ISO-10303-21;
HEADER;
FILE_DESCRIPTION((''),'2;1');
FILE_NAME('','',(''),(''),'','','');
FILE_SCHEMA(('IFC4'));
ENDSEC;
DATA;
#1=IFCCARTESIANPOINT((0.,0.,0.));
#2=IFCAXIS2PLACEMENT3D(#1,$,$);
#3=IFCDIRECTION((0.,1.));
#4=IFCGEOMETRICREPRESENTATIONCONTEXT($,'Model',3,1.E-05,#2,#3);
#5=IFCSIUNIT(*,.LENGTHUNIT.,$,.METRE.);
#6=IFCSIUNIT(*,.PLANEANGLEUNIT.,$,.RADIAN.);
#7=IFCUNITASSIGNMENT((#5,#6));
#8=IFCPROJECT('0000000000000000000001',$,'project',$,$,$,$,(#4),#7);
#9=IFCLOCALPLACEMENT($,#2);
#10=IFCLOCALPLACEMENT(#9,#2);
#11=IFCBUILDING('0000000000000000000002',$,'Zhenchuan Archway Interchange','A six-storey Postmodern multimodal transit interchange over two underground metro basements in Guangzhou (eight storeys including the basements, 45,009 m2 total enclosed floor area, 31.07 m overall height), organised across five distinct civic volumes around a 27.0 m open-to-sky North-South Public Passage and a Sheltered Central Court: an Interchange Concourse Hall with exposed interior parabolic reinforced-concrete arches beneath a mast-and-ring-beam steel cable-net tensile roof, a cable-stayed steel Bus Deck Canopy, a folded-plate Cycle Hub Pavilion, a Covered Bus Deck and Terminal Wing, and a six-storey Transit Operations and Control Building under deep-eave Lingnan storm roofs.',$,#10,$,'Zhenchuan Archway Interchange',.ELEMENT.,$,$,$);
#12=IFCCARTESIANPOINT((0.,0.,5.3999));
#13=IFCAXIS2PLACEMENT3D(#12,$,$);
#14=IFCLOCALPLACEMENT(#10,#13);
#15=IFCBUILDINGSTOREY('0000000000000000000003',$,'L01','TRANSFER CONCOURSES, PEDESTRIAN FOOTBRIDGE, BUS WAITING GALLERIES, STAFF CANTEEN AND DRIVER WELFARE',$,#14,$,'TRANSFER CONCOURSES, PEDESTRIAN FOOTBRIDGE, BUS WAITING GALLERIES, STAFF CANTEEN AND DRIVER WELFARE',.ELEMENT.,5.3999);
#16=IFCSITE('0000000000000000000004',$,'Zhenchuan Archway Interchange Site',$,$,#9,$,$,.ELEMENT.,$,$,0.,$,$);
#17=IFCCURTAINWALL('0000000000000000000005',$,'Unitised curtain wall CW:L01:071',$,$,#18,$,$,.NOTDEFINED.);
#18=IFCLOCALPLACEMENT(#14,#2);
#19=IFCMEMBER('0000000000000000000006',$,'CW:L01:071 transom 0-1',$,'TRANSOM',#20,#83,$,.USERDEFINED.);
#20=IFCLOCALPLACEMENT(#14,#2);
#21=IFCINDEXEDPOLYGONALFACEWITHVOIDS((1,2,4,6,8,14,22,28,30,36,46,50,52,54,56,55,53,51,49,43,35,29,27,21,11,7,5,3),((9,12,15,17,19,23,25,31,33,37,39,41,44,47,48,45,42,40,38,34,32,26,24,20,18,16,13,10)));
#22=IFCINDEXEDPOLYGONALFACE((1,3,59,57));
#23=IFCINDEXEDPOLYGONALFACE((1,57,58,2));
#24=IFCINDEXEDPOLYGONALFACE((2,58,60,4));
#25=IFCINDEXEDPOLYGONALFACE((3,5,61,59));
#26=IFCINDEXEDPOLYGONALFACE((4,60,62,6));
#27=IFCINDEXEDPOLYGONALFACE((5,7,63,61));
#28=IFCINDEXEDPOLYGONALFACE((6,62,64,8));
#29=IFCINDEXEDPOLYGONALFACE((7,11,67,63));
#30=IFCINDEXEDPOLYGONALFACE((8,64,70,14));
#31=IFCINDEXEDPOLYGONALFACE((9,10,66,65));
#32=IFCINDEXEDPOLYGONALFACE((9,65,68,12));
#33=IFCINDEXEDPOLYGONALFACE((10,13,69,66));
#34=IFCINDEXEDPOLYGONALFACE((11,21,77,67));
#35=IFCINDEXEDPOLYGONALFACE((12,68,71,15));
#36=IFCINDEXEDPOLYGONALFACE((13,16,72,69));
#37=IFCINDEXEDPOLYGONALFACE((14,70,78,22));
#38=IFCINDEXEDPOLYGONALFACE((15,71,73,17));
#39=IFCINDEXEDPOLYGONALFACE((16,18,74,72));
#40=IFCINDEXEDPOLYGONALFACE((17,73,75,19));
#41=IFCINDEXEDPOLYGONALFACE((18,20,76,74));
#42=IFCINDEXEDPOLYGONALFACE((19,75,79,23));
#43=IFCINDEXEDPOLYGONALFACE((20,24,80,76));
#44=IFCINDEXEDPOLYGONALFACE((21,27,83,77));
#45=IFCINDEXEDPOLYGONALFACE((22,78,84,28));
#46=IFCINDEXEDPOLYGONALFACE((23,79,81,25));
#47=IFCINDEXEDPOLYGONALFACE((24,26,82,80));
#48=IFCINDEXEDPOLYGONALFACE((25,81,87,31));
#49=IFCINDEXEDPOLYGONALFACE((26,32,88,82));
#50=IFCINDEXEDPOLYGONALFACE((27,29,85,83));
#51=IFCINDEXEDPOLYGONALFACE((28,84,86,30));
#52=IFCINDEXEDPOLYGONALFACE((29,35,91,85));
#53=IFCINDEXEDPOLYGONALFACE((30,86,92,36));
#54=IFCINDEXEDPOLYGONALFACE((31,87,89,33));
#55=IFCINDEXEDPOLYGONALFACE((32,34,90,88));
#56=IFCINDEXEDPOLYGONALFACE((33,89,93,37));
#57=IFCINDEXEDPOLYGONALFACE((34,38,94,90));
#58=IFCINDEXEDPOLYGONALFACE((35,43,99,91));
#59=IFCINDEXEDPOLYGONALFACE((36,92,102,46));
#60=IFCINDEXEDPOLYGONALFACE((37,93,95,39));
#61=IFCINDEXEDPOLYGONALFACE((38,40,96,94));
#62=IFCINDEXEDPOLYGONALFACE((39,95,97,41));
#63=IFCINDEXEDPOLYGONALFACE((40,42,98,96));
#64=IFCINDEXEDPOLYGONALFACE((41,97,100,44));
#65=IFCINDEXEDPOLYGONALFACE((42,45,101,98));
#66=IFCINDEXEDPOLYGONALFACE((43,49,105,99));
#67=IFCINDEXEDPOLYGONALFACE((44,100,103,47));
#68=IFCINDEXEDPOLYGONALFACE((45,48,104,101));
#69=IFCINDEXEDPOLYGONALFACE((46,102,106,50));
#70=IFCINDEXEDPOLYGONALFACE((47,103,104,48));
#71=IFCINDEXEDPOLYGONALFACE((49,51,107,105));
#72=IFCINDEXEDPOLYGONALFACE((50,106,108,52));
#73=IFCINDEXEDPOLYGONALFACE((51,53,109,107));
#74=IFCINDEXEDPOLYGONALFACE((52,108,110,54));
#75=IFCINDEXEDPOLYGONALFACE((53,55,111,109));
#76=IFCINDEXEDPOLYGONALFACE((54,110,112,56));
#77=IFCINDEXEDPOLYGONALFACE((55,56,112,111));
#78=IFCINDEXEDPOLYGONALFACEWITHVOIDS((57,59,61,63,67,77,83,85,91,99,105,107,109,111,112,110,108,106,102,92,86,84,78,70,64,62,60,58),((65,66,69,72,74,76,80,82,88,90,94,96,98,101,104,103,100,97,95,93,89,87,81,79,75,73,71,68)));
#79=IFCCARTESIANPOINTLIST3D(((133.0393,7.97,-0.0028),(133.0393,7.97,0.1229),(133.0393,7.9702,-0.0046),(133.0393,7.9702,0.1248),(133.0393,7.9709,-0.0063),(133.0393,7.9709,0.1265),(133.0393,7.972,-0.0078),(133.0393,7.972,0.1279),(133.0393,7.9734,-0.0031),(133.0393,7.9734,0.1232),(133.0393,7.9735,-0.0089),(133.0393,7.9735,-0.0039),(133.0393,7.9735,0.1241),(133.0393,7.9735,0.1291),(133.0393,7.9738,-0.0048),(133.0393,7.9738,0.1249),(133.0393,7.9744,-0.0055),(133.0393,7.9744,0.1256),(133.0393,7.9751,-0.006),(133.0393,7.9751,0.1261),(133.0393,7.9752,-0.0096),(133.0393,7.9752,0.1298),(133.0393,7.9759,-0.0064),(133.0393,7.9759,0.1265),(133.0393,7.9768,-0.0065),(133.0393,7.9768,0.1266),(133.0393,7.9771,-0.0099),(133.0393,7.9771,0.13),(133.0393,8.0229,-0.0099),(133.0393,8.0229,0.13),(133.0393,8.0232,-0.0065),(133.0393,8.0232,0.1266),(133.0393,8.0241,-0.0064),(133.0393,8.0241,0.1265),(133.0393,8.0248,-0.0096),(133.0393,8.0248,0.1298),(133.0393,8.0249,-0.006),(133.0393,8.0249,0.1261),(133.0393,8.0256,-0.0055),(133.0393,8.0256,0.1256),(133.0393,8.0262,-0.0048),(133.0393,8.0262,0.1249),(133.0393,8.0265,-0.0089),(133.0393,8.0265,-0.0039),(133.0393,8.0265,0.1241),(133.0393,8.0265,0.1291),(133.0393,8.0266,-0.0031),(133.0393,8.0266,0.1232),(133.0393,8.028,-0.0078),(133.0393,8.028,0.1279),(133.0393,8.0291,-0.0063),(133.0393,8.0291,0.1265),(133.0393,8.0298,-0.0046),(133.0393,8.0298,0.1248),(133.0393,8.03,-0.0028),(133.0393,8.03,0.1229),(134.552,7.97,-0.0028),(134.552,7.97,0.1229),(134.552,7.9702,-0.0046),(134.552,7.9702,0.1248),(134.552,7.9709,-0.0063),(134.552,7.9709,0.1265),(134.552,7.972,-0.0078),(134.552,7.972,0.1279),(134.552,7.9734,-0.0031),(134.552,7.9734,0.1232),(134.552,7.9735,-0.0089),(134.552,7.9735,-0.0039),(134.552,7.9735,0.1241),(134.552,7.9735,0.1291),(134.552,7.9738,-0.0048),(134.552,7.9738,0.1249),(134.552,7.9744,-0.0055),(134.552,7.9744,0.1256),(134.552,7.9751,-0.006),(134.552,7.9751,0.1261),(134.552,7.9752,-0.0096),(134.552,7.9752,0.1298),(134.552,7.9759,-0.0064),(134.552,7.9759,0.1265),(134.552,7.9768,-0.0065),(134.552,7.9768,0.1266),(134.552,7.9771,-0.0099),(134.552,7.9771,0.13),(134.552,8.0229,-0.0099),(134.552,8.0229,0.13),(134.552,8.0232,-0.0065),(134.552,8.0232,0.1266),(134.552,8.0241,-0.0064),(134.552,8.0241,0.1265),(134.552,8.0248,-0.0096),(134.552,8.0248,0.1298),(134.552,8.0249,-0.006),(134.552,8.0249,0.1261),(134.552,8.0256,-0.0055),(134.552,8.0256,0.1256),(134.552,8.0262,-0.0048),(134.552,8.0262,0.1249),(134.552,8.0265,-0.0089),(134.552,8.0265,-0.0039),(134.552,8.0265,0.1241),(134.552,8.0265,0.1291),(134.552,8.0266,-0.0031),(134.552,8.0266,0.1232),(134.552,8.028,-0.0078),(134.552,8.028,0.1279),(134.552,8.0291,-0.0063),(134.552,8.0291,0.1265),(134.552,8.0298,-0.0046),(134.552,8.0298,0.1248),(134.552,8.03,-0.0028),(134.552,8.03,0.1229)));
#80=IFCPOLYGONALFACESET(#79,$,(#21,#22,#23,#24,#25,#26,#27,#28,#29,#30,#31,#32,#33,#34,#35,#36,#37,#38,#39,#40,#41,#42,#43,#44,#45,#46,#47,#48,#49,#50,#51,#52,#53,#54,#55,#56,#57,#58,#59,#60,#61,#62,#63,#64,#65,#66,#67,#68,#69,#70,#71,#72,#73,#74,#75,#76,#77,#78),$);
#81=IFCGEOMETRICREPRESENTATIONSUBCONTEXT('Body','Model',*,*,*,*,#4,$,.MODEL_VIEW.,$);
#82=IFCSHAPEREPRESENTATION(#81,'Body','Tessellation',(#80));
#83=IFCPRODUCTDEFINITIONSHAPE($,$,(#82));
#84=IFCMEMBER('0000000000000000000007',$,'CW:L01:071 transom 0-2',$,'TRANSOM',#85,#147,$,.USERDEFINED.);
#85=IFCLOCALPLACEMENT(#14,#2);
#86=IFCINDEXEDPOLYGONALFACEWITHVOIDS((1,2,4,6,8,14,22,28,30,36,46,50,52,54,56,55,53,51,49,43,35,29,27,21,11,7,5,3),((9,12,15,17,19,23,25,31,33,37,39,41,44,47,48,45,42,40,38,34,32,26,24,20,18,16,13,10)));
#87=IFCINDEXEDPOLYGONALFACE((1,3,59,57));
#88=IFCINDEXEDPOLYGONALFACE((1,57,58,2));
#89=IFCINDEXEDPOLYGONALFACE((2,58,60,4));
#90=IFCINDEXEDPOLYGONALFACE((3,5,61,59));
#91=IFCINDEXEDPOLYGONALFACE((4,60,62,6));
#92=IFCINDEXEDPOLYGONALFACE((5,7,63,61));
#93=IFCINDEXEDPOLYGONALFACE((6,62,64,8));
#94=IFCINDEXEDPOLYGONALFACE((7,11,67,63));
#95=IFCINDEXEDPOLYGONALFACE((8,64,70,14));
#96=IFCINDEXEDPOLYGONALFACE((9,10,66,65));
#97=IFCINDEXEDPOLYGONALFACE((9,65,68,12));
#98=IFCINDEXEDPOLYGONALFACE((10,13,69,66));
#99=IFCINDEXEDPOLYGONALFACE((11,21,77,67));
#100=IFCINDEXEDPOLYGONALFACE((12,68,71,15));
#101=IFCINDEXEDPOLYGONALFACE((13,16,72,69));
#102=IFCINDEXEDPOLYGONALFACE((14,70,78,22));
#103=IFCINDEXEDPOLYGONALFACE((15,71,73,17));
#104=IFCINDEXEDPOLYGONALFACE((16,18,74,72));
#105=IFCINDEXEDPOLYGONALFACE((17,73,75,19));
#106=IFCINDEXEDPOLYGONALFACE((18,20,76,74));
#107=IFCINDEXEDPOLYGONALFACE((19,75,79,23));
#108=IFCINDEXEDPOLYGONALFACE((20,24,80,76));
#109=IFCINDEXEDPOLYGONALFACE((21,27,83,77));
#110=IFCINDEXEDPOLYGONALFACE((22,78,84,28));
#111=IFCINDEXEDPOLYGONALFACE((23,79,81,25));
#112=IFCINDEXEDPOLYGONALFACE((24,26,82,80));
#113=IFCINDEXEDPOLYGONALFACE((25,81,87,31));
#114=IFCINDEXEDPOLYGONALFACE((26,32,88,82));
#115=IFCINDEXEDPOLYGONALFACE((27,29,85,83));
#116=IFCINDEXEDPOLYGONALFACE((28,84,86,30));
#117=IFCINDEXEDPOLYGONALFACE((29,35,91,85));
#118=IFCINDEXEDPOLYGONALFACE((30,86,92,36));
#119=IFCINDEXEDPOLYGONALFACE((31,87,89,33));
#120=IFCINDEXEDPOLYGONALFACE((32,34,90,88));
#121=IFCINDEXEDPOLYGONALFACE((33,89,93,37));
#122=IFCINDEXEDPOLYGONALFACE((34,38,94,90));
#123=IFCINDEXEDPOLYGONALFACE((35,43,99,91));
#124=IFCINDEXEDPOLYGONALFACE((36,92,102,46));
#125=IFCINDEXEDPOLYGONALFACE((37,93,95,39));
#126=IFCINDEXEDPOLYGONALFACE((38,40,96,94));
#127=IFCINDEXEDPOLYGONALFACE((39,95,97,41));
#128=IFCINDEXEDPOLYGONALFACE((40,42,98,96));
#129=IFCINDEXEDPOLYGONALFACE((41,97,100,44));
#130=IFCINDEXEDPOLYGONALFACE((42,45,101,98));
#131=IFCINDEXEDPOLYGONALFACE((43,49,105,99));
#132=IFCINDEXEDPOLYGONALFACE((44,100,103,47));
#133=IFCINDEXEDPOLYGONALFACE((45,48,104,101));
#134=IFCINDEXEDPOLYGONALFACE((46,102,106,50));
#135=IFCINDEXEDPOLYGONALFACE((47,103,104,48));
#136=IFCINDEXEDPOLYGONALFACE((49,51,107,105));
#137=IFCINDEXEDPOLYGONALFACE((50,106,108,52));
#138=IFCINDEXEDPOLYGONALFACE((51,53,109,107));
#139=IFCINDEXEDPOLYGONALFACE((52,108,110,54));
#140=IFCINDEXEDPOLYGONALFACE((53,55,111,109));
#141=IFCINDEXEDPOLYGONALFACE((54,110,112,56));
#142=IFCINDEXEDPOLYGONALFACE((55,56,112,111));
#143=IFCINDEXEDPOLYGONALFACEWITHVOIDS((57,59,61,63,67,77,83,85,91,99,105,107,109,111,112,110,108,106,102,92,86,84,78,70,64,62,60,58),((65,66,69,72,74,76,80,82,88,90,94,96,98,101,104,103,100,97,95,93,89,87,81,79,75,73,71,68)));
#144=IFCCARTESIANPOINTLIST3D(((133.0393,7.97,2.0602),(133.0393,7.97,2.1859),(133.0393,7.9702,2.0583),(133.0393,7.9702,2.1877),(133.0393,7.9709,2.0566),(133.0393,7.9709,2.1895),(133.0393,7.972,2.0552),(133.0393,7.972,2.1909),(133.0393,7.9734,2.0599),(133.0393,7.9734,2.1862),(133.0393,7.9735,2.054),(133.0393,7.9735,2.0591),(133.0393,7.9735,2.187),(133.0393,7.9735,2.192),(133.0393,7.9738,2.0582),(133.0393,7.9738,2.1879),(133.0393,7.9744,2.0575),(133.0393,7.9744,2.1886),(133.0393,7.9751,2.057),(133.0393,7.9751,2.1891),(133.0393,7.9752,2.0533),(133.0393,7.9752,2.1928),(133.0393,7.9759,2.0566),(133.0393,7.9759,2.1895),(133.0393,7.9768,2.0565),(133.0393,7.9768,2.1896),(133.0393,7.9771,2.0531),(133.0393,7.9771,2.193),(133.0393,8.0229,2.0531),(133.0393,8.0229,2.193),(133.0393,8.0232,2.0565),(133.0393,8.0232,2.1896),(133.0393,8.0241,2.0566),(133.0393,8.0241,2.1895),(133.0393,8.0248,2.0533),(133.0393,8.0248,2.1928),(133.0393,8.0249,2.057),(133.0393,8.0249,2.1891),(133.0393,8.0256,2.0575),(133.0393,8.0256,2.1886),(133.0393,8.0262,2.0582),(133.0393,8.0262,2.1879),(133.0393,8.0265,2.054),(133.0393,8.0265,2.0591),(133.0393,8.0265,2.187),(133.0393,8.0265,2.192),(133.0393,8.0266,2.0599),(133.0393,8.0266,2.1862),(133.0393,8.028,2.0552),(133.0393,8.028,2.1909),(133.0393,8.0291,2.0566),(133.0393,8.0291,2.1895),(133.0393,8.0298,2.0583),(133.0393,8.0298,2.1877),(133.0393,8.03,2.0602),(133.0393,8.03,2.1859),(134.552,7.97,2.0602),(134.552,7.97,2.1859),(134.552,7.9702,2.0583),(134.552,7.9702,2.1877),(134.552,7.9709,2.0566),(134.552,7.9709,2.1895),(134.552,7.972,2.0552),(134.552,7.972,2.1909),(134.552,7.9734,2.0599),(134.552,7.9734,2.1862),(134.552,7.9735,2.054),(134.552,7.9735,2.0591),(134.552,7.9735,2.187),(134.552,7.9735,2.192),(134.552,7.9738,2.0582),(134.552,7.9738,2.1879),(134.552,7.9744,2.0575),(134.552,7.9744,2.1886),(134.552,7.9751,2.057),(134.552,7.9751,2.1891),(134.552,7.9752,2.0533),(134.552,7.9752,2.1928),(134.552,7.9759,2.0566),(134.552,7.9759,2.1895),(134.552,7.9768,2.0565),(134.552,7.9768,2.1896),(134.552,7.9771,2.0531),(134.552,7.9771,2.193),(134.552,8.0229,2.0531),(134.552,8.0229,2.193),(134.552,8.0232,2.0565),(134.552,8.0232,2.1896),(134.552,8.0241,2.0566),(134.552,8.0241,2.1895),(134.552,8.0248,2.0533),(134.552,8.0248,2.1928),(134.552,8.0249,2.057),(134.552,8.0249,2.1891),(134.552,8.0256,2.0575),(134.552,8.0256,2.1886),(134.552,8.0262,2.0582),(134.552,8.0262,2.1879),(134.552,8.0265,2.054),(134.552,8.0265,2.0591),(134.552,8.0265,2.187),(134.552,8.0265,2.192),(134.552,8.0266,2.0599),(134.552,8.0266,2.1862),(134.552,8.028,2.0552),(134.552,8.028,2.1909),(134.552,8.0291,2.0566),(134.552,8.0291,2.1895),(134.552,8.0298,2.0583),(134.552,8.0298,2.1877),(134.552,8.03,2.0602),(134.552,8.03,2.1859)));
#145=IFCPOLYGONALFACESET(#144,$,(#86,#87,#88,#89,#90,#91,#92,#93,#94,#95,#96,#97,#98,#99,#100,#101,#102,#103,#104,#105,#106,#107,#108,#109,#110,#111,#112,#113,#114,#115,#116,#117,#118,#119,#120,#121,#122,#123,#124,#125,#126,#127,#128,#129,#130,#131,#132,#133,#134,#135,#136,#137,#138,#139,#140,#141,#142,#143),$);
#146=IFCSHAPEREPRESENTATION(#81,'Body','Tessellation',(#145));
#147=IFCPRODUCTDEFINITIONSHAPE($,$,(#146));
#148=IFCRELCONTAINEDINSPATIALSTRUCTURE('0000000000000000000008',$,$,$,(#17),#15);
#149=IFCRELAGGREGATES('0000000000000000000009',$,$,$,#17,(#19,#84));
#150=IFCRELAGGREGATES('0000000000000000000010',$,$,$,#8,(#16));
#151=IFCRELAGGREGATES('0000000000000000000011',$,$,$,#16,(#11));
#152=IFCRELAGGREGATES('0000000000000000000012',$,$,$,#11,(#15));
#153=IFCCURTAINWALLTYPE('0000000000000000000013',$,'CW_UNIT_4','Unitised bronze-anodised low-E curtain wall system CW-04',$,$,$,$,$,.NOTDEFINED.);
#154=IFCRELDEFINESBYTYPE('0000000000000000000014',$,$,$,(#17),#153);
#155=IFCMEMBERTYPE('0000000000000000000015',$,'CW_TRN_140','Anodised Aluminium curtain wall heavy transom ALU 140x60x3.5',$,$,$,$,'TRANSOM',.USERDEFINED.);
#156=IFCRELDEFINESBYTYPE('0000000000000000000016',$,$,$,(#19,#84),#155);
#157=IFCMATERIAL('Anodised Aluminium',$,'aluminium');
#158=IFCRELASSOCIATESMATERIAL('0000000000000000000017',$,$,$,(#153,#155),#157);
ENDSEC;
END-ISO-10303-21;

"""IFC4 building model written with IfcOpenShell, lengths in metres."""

from ifc_helpers import new_model, si_unit, direction, frame, origin, origin_2d, place, context, subcontext, project, spatial, hollow_rectangle, extrude, material, material_profile, profile_set, type_object, element, aggregate, save


model = new_model("IFC4")

# Units and contexts
model_context = context("Model", 3, precision=1e-05, world=origin(), true_north=direction((0.0, 1.0)))
body_context = subcontext(model_context, "Body", "Model", "MODEL_VIEW")
ifc_project = project(units=[si_unit("LENGTHUNIT", "METRE"), si_unit("PLANEANGLEUNIT", "RADIAN")], contexts=[model_context])

# Site, building, storey
site_placement = place(None, origin())
site = spatial("IfcSite", under=ifc_project, at=site_placement, Name="Zhenchuan Archway Interchange Site", CompositionType="ELEMENT", RefElevation=0.0)
building_placement = place(site_placement, origin())
building = spatial("IfcBuilding", under=site, at=building_placement, Name="Zhenchuan Archway Interchange", Description="A six-storey Postmodern multimodal transit interchange over two underground metro basements in Guangzhou (eight storeys including the basements, 45,009 m2 total enclosed floor area, 31.07 m overall height), organised across five distinct civic volumes around a 27.0 m open-to-sky North-South Public Passage and a Sheltered Central Court: an Interchange Concourse Hall with exposed interior parabolic reinforced-concrete arches beneath a mast-and-ring-beam steel cable-net tensile roof, a cable-stayed steel Bus Deck Canopy, a folded-plate Cycle Hub Pavilion, a Covered Bus Deck and Terminal Wing, and a six-storey Transit Operations and Control Building under deep-eave Lingnan storm roofs.", LongName="Zhenchuan Archway Interchange", CompositionType="ELEMENT")
storey_placement = place(building_placement, frame((0.0, 0.0, 5.3999)))
storey = spatial("IfcBuildingStorey", under=building, at=storey_placement, Name="L01", Description="TRANSFER CONCOURSES, PEDESTRIAN FOOTBRIDGE, BUS WAITING GALLERIES, STAFF CANTEEN AND DRIVER WELFARE", LongName="TRANSFER CONCOURSES, PEDESTRIAN FOOTBRIDGE, BUS WAITING GALLERIES, STAFF CANTEEN AND DRIVER WELFARE", CompositionType="ELEMENT", Elevation=5.3999)

# Curtain wall, members
ifc_material_1 = material(Name="Anodised Aluminium", Category="aluminium")
curtain_wall_type = type_object("IfcCurtainWallType", Name="CW_UNIT_4", Description="Unitised bronze-anodised low-E curtain wall system CW-04", PredefinedType="NOTDEFINED", material=ifc_material_1)
curtain_wall_placement = place(storey_placement, origin())
curtain_wall = element("IfcCurtainWall", 1, at=curtain_wall_placement, inside=storey, type_object=curtain_wall_type, Name="Unitised curtain wall CW:L01:071", PredefinedType="NOTDEFINED")
ifc_material_profile_1 = material_profile(ifc_material_1, hollow_rectangle(XDim=0.0601, YDim=0.1399, WallThickness=0.0034, InnerFilletRadius=0.0034, OuterFilletRadius=0.0071, at=origin_2d()), Name="ALU 140x60x3.5")
ifc_profile_set_1 = profile_set([ifc_material_profile_1], Name="Anodised Aluminium")
member_type_1 = type_object("IfcMemberType", Name="CW_TRN_140", Description="Anodised Aluminium curtain wall heavy transom ALU 140x60x3.5", ElementType="TRANSOM", PredefinedType="USERDEFINED", material=ifc_profile_set_1)
member_1_placement = place(storey_placement, frame((134.552, 8.0, 0.0601), z_axis=(-1.0, 0.0, 0.0), x_axis=(0.0, -1.0, 0.0)))
member_1 = element("IfcMember", 2, at=member_1_placement, type_object=member_type_1, Name="CW:L01:071 transom 0-1", ObjectType="TRANSOM", PredefinedType="USERDEFINED", context=body_context, shape_type="SweptSolid", body=[
    extrude(hollow_rectangle(XDim=0.0601, YDim=0.1399, WallThickness=0.0034, InnerFilletRadius=0.0034, OuterFilletRadius=0.0071, at=origin_2d()), origin(), (0.0, 0.0, 1.0), 1.5127),
])
member_2_placement = place(storey_placement, frame((134.552, 8.0, 2.123), z_axis=(-1.0, 0.0, 0.0), x_axis=(0.0, -1.0, 0.0)))
member_2 = element("IfcMember", 3, at=member_2_placement, type_object=member_type_1, Name="CW:L01:071 transom 0-2", ObjectType="TRANSOM", PredefinedType="USERDEFINED", context=body_context, shape_type="SweptSolid", body=[
    extrude(hollow_rectangle(XDim=0.0601, YDim=0.1399, WallThickness=0.0034, InnerFilletRadius=0.0034, OuterFilletRadius=0.0071, at=origin_2d()), origin(), (0.0, 0.0, 1.0), 1.5127),
])

aggregate(curtain_wall, [member_1, member_2])

save(model, "model.ifc")
